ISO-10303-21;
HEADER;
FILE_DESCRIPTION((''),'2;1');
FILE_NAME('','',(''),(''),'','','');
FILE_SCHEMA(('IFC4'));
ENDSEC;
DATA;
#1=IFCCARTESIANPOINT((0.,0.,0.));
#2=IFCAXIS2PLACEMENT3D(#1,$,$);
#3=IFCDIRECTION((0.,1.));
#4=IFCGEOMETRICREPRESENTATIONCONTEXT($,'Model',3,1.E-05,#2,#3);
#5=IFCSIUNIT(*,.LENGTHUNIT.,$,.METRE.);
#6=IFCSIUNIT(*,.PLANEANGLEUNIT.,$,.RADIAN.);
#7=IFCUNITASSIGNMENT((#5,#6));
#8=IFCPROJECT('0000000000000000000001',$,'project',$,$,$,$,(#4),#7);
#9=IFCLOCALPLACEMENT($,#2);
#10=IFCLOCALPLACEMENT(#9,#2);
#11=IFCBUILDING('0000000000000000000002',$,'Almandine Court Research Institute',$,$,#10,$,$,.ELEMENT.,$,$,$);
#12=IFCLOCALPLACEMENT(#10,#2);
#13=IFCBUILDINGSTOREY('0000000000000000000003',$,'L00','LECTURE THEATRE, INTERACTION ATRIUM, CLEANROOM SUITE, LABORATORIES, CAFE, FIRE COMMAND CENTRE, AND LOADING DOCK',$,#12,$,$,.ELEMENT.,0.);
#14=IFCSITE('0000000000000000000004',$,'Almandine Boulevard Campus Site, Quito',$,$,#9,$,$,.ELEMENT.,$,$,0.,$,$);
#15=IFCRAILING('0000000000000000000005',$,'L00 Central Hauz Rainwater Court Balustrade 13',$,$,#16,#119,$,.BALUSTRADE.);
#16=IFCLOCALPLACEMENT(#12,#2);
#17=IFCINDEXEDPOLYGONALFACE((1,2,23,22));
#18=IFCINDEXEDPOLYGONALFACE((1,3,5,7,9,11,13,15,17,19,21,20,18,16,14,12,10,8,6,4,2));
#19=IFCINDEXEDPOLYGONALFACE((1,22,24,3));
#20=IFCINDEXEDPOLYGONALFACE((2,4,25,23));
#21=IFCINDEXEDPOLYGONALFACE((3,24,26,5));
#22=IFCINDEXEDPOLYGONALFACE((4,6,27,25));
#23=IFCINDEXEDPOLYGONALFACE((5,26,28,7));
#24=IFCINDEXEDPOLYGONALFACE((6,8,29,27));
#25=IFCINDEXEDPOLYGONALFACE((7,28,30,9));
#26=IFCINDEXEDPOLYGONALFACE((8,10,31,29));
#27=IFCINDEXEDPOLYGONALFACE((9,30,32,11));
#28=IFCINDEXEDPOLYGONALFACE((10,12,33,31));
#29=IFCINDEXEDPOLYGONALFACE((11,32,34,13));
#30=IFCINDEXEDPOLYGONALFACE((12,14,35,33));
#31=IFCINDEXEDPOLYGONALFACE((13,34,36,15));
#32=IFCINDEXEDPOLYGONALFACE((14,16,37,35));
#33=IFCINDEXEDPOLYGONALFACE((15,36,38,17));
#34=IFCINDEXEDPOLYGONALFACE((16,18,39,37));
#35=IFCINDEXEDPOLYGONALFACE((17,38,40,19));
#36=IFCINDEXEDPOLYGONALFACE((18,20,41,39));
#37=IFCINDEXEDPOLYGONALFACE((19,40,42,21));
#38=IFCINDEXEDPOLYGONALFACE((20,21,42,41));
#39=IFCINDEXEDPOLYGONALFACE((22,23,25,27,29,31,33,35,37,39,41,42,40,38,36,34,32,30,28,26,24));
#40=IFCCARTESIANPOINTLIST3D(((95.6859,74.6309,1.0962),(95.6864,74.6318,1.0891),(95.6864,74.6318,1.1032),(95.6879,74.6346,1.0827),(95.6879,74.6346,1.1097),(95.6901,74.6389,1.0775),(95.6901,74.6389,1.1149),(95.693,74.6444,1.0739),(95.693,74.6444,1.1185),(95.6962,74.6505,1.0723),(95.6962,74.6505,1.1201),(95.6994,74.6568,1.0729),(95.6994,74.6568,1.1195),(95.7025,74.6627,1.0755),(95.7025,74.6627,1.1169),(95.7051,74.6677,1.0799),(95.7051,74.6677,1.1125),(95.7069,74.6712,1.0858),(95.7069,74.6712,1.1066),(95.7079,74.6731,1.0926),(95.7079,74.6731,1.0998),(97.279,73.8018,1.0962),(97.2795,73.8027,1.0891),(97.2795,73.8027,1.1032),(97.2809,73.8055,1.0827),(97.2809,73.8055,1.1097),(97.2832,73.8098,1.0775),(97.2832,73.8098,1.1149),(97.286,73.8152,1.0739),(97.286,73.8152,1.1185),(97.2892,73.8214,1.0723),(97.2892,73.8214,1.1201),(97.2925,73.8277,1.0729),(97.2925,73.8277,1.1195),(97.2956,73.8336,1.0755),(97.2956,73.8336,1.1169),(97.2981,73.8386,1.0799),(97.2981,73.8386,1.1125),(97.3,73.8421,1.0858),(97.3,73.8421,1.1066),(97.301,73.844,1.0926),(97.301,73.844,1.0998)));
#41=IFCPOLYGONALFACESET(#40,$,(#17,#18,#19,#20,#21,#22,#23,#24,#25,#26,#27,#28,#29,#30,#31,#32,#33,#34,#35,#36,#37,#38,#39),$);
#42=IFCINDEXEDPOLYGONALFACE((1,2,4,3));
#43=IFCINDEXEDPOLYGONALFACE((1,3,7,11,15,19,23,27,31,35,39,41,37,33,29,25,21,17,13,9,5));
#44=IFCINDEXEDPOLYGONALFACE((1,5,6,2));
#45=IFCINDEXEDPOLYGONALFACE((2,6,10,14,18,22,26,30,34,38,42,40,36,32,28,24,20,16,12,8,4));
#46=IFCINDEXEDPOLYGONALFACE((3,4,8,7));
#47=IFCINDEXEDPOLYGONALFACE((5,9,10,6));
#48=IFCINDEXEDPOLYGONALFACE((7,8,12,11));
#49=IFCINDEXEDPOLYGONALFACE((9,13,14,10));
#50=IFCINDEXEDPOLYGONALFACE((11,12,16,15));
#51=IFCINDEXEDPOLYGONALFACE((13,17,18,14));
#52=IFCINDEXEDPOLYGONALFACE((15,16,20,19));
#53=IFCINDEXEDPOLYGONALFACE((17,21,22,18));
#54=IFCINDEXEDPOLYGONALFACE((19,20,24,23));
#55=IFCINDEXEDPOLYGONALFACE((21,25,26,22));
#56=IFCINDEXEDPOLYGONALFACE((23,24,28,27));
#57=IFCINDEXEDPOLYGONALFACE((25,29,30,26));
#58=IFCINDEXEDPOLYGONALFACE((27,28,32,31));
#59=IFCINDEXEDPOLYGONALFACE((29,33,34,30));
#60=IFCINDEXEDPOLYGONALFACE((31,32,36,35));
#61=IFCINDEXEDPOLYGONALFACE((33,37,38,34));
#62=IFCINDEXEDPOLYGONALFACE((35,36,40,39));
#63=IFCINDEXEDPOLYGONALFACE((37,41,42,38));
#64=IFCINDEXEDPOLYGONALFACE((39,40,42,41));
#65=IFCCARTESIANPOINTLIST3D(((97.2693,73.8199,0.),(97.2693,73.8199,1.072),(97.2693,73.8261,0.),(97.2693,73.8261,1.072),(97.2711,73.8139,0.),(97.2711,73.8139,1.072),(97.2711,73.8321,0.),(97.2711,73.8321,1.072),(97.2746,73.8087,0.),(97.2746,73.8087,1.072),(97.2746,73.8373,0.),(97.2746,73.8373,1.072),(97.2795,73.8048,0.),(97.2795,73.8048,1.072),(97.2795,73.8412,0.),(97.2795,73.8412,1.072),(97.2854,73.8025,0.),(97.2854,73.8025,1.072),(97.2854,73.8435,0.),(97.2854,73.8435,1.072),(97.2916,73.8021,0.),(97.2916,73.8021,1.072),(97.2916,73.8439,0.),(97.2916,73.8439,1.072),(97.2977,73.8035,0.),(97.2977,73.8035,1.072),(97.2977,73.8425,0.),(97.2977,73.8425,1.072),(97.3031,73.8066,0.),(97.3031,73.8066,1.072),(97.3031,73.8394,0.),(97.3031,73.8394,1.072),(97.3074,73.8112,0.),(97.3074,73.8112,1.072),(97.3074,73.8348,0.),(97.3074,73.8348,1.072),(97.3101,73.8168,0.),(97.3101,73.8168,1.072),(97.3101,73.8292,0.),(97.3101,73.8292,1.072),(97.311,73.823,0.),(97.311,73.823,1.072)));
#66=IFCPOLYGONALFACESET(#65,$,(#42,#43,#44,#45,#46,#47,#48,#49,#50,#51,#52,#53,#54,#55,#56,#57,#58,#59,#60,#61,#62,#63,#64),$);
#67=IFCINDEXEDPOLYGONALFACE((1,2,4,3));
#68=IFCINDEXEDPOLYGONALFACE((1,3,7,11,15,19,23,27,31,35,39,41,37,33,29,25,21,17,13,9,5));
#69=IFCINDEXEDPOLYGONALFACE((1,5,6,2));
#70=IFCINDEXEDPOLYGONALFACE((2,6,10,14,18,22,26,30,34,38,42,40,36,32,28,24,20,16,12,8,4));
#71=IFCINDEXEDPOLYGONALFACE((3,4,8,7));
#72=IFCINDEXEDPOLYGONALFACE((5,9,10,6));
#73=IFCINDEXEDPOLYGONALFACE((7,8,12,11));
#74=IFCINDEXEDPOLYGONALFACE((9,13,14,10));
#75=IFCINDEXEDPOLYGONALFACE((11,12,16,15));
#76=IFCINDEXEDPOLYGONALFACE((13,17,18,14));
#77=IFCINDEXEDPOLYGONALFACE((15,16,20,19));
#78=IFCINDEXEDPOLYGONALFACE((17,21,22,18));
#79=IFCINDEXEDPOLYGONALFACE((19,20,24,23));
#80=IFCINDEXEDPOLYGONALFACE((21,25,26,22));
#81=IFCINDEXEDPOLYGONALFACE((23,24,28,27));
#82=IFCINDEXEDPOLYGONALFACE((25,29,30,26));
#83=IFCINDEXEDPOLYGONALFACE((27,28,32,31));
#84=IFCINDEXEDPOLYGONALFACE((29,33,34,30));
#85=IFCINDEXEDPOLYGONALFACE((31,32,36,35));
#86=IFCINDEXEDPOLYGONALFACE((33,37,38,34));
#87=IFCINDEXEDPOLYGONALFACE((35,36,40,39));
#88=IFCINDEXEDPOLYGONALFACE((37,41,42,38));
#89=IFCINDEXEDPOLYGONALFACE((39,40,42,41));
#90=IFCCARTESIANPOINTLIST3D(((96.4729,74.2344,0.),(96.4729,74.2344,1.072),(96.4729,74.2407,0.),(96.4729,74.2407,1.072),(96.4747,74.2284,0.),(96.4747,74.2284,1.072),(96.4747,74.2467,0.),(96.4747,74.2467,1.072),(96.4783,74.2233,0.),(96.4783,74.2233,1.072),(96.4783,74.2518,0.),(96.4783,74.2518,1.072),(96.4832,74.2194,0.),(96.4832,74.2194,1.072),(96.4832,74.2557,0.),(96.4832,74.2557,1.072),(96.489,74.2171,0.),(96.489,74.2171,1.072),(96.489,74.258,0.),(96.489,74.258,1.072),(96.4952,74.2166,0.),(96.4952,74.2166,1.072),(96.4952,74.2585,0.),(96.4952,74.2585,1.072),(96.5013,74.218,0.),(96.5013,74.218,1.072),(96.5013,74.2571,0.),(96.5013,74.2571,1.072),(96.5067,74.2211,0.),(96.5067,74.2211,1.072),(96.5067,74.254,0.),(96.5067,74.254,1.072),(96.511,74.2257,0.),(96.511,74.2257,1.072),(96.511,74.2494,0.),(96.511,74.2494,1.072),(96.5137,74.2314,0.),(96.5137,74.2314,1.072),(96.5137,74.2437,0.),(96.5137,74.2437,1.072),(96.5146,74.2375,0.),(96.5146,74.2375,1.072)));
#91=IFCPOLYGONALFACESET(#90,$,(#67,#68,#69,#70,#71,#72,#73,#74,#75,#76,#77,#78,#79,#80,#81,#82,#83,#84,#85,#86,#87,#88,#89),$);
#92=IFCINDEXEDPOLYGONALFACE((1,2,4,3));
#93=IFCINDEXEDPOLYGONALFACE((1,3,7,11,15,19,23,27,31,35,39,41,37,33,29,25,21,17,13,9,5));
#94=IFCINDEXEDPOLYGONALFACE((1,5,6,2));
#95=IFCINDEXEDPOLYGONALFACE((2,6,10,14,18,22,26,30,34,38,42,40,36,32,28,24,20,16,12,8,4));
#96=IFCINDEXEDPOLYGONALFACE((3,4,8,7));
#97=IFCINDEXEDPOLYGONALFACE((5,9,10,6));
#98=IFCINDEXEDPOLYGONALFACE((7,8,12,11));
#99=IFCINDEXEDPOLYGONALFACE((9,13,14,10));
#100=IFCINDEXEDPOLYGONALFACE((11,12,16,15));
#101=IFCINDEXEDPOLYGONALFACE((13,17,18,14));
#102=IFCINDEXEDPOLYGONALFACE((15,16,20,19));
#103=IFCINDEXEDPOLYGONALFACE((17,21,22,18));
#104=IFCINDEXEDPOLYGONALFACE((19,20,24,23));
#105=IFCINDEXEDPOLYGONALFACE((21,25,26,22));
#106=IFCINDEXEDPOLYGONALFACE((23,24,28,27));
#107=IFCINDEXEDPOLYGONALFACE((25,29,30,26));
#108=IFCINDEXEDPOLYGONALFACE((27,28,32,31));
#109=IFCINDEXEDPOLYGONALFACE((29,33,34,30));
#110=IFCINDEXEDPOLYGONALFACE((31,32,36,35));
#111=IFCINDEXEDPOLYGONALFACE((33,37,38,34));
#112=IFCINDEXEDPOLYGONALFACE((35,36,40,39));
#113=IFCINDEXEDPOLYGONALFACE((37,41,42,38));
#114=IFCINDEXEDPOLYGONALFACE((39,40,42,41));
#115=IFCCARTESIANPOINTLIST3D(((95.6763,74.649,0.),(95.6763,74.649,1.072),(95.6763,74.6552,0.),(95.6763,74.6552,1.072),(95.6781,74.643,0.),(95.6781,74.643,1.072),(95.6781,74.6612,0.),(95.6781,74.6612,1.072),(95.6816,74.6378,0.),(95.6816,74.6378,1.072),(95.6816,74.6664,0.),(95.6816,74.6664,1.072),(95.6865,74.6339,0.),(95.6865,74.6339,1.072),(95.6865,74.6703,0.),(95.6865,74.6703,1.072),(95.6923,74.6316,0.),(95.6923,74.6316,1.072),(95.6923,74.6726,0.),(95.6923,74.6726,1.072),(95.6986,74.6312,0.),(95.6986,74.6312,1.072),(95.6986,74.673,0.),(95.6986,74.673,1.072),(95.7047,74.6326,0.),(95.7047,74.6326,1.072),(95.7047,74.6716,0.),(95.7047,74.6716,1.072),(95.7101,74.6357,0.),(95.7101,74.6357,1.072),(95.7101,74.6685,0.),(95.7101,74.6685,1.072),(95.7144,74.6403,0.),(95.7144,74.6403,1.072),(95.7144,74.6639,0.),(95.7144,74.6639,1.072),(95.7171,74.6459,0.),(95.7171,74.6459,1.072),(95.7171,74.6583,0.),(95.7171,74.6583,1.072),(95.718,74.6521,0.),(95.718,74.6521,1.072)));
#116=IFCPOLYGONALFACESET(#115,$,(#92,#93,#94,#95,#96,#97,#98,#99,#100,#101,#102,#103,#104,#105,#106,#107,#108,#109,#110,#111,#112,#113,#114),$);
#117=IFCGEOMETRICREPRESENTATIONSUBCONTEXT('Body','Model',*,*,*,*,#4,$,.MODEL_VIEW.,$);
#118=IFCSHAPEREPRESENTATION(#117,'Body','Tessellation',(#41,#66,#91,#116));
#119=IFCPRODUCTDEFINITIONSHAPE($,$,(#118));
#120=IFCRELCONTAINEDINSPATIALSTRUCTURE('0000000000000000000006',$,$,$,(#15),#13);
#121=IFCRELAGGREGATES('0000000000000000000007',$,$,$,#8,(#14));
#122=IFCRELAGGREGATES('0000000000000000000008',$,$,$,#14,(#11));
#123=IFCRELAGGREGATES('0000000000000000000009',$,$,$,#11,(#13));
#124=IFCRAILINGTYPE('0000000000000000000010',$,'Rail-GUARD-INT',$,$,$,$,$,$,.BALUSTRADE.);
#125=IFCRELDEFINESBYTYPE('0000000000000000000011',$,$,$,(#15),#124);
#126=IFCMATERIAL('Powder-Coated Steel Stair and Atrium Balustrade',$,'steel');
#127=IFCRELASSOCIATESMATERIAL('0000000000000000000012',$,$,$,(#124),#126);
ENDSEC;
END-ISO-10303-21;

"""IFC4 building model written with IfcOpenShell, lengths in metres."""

from ifc_helpers import new_model, si_unit, direction, frame, origin, origin_2d, place, context, subcontext, project, spatial, circle, extrude, material, type_object, element, save


model = new_model("IFC4")

# Units and contexts
model_context = context("Model", 3, precision=1e-05, world=origin(), true_north=direction((0.0, 1.0)))
body_context = subcontext(model_context, "Body", "Model", "MODEL_VIEW")
ifc_project = project(units=[si_unit("LENGTHUNIT", "METRE"), si_unit("PLANEANGLEUNIT", "RADIAN")], contexts=[model_context])

# Site, building, storey
site_placement = place(None, origin())
site = spatial("IfcSite", under=ifc_project, at=site_placement, Name="Almandine Boulevard Campus Site, Quito", CompositionType="ELEMENT", RefElevation=0.0)
building_placement = place(site_placement, origin())
building = spatial("IfcBuilding", under=site, at=building_placement, Name="Almandine Court Research Institute", CompositionType="ELEMENT")
storey_placement = place(building_placement, origin())
storey = spatial("IfcBuildingStorey", under=building, at=storey_placement, Name="L00", Description="LECTURE THEATRE, INTERACTION ATRIUM, CLEANROOM SUITE, LABORATORIES, CAFE, FIRE COMMAND CENTRE, AND LOADING DOCK", CompositionType="ELEMENT", Elevation=0.0)

# Railing
ifc_material_1 = material(Name="Powder-Coated Steel Stair and Atrium Balustrade", Category="steel")
railing_type = type_object("IfcRailingType", Name="Rail-GUARD-INT", PredefinedType="BALUSTRADE", material=ifc_material_1)
railing_1_placement = place(storey_placement, frame((97.29, 73.823, 0.0)))
element("IfcRailing", 1, at=railing_1_placement, inside=storey, type_object=railing_type, Name="L00 Central Hauz Rainwater Court Balustrade 13", PredefinedType="BALUSTRADE", context=body_context, shape_type="SweptSolid", body=[
    extrude(circle(Radius=0.0239, at=origin_2d()), frame((0.0, 0.0, 1.0962), z_axis=(-0.88705, 0.461674, 0.0), x_axis=(-0.461674, -0.88705, 0.0)), (0.0, 0.0, 1.0), 1.7959),
    extrude(circle(Radius=0.021, at=origin_2d()), origin(), (0.0, 0.0, 1.0), 1.072),
    extrude(circle(Radius=0.021, at=origin_2d()), frame((-0.7964, 0.4146, 0.0)), (0.0, 0.0, 1.0), 1.072),
    extrude(circle(Radius=0.021, at=origin_2d()), frame((-1.593, 0.8291, 0.0)), (0.0, 0.0, 1.0), 1.072),
])

save(model, "model.ifc")
